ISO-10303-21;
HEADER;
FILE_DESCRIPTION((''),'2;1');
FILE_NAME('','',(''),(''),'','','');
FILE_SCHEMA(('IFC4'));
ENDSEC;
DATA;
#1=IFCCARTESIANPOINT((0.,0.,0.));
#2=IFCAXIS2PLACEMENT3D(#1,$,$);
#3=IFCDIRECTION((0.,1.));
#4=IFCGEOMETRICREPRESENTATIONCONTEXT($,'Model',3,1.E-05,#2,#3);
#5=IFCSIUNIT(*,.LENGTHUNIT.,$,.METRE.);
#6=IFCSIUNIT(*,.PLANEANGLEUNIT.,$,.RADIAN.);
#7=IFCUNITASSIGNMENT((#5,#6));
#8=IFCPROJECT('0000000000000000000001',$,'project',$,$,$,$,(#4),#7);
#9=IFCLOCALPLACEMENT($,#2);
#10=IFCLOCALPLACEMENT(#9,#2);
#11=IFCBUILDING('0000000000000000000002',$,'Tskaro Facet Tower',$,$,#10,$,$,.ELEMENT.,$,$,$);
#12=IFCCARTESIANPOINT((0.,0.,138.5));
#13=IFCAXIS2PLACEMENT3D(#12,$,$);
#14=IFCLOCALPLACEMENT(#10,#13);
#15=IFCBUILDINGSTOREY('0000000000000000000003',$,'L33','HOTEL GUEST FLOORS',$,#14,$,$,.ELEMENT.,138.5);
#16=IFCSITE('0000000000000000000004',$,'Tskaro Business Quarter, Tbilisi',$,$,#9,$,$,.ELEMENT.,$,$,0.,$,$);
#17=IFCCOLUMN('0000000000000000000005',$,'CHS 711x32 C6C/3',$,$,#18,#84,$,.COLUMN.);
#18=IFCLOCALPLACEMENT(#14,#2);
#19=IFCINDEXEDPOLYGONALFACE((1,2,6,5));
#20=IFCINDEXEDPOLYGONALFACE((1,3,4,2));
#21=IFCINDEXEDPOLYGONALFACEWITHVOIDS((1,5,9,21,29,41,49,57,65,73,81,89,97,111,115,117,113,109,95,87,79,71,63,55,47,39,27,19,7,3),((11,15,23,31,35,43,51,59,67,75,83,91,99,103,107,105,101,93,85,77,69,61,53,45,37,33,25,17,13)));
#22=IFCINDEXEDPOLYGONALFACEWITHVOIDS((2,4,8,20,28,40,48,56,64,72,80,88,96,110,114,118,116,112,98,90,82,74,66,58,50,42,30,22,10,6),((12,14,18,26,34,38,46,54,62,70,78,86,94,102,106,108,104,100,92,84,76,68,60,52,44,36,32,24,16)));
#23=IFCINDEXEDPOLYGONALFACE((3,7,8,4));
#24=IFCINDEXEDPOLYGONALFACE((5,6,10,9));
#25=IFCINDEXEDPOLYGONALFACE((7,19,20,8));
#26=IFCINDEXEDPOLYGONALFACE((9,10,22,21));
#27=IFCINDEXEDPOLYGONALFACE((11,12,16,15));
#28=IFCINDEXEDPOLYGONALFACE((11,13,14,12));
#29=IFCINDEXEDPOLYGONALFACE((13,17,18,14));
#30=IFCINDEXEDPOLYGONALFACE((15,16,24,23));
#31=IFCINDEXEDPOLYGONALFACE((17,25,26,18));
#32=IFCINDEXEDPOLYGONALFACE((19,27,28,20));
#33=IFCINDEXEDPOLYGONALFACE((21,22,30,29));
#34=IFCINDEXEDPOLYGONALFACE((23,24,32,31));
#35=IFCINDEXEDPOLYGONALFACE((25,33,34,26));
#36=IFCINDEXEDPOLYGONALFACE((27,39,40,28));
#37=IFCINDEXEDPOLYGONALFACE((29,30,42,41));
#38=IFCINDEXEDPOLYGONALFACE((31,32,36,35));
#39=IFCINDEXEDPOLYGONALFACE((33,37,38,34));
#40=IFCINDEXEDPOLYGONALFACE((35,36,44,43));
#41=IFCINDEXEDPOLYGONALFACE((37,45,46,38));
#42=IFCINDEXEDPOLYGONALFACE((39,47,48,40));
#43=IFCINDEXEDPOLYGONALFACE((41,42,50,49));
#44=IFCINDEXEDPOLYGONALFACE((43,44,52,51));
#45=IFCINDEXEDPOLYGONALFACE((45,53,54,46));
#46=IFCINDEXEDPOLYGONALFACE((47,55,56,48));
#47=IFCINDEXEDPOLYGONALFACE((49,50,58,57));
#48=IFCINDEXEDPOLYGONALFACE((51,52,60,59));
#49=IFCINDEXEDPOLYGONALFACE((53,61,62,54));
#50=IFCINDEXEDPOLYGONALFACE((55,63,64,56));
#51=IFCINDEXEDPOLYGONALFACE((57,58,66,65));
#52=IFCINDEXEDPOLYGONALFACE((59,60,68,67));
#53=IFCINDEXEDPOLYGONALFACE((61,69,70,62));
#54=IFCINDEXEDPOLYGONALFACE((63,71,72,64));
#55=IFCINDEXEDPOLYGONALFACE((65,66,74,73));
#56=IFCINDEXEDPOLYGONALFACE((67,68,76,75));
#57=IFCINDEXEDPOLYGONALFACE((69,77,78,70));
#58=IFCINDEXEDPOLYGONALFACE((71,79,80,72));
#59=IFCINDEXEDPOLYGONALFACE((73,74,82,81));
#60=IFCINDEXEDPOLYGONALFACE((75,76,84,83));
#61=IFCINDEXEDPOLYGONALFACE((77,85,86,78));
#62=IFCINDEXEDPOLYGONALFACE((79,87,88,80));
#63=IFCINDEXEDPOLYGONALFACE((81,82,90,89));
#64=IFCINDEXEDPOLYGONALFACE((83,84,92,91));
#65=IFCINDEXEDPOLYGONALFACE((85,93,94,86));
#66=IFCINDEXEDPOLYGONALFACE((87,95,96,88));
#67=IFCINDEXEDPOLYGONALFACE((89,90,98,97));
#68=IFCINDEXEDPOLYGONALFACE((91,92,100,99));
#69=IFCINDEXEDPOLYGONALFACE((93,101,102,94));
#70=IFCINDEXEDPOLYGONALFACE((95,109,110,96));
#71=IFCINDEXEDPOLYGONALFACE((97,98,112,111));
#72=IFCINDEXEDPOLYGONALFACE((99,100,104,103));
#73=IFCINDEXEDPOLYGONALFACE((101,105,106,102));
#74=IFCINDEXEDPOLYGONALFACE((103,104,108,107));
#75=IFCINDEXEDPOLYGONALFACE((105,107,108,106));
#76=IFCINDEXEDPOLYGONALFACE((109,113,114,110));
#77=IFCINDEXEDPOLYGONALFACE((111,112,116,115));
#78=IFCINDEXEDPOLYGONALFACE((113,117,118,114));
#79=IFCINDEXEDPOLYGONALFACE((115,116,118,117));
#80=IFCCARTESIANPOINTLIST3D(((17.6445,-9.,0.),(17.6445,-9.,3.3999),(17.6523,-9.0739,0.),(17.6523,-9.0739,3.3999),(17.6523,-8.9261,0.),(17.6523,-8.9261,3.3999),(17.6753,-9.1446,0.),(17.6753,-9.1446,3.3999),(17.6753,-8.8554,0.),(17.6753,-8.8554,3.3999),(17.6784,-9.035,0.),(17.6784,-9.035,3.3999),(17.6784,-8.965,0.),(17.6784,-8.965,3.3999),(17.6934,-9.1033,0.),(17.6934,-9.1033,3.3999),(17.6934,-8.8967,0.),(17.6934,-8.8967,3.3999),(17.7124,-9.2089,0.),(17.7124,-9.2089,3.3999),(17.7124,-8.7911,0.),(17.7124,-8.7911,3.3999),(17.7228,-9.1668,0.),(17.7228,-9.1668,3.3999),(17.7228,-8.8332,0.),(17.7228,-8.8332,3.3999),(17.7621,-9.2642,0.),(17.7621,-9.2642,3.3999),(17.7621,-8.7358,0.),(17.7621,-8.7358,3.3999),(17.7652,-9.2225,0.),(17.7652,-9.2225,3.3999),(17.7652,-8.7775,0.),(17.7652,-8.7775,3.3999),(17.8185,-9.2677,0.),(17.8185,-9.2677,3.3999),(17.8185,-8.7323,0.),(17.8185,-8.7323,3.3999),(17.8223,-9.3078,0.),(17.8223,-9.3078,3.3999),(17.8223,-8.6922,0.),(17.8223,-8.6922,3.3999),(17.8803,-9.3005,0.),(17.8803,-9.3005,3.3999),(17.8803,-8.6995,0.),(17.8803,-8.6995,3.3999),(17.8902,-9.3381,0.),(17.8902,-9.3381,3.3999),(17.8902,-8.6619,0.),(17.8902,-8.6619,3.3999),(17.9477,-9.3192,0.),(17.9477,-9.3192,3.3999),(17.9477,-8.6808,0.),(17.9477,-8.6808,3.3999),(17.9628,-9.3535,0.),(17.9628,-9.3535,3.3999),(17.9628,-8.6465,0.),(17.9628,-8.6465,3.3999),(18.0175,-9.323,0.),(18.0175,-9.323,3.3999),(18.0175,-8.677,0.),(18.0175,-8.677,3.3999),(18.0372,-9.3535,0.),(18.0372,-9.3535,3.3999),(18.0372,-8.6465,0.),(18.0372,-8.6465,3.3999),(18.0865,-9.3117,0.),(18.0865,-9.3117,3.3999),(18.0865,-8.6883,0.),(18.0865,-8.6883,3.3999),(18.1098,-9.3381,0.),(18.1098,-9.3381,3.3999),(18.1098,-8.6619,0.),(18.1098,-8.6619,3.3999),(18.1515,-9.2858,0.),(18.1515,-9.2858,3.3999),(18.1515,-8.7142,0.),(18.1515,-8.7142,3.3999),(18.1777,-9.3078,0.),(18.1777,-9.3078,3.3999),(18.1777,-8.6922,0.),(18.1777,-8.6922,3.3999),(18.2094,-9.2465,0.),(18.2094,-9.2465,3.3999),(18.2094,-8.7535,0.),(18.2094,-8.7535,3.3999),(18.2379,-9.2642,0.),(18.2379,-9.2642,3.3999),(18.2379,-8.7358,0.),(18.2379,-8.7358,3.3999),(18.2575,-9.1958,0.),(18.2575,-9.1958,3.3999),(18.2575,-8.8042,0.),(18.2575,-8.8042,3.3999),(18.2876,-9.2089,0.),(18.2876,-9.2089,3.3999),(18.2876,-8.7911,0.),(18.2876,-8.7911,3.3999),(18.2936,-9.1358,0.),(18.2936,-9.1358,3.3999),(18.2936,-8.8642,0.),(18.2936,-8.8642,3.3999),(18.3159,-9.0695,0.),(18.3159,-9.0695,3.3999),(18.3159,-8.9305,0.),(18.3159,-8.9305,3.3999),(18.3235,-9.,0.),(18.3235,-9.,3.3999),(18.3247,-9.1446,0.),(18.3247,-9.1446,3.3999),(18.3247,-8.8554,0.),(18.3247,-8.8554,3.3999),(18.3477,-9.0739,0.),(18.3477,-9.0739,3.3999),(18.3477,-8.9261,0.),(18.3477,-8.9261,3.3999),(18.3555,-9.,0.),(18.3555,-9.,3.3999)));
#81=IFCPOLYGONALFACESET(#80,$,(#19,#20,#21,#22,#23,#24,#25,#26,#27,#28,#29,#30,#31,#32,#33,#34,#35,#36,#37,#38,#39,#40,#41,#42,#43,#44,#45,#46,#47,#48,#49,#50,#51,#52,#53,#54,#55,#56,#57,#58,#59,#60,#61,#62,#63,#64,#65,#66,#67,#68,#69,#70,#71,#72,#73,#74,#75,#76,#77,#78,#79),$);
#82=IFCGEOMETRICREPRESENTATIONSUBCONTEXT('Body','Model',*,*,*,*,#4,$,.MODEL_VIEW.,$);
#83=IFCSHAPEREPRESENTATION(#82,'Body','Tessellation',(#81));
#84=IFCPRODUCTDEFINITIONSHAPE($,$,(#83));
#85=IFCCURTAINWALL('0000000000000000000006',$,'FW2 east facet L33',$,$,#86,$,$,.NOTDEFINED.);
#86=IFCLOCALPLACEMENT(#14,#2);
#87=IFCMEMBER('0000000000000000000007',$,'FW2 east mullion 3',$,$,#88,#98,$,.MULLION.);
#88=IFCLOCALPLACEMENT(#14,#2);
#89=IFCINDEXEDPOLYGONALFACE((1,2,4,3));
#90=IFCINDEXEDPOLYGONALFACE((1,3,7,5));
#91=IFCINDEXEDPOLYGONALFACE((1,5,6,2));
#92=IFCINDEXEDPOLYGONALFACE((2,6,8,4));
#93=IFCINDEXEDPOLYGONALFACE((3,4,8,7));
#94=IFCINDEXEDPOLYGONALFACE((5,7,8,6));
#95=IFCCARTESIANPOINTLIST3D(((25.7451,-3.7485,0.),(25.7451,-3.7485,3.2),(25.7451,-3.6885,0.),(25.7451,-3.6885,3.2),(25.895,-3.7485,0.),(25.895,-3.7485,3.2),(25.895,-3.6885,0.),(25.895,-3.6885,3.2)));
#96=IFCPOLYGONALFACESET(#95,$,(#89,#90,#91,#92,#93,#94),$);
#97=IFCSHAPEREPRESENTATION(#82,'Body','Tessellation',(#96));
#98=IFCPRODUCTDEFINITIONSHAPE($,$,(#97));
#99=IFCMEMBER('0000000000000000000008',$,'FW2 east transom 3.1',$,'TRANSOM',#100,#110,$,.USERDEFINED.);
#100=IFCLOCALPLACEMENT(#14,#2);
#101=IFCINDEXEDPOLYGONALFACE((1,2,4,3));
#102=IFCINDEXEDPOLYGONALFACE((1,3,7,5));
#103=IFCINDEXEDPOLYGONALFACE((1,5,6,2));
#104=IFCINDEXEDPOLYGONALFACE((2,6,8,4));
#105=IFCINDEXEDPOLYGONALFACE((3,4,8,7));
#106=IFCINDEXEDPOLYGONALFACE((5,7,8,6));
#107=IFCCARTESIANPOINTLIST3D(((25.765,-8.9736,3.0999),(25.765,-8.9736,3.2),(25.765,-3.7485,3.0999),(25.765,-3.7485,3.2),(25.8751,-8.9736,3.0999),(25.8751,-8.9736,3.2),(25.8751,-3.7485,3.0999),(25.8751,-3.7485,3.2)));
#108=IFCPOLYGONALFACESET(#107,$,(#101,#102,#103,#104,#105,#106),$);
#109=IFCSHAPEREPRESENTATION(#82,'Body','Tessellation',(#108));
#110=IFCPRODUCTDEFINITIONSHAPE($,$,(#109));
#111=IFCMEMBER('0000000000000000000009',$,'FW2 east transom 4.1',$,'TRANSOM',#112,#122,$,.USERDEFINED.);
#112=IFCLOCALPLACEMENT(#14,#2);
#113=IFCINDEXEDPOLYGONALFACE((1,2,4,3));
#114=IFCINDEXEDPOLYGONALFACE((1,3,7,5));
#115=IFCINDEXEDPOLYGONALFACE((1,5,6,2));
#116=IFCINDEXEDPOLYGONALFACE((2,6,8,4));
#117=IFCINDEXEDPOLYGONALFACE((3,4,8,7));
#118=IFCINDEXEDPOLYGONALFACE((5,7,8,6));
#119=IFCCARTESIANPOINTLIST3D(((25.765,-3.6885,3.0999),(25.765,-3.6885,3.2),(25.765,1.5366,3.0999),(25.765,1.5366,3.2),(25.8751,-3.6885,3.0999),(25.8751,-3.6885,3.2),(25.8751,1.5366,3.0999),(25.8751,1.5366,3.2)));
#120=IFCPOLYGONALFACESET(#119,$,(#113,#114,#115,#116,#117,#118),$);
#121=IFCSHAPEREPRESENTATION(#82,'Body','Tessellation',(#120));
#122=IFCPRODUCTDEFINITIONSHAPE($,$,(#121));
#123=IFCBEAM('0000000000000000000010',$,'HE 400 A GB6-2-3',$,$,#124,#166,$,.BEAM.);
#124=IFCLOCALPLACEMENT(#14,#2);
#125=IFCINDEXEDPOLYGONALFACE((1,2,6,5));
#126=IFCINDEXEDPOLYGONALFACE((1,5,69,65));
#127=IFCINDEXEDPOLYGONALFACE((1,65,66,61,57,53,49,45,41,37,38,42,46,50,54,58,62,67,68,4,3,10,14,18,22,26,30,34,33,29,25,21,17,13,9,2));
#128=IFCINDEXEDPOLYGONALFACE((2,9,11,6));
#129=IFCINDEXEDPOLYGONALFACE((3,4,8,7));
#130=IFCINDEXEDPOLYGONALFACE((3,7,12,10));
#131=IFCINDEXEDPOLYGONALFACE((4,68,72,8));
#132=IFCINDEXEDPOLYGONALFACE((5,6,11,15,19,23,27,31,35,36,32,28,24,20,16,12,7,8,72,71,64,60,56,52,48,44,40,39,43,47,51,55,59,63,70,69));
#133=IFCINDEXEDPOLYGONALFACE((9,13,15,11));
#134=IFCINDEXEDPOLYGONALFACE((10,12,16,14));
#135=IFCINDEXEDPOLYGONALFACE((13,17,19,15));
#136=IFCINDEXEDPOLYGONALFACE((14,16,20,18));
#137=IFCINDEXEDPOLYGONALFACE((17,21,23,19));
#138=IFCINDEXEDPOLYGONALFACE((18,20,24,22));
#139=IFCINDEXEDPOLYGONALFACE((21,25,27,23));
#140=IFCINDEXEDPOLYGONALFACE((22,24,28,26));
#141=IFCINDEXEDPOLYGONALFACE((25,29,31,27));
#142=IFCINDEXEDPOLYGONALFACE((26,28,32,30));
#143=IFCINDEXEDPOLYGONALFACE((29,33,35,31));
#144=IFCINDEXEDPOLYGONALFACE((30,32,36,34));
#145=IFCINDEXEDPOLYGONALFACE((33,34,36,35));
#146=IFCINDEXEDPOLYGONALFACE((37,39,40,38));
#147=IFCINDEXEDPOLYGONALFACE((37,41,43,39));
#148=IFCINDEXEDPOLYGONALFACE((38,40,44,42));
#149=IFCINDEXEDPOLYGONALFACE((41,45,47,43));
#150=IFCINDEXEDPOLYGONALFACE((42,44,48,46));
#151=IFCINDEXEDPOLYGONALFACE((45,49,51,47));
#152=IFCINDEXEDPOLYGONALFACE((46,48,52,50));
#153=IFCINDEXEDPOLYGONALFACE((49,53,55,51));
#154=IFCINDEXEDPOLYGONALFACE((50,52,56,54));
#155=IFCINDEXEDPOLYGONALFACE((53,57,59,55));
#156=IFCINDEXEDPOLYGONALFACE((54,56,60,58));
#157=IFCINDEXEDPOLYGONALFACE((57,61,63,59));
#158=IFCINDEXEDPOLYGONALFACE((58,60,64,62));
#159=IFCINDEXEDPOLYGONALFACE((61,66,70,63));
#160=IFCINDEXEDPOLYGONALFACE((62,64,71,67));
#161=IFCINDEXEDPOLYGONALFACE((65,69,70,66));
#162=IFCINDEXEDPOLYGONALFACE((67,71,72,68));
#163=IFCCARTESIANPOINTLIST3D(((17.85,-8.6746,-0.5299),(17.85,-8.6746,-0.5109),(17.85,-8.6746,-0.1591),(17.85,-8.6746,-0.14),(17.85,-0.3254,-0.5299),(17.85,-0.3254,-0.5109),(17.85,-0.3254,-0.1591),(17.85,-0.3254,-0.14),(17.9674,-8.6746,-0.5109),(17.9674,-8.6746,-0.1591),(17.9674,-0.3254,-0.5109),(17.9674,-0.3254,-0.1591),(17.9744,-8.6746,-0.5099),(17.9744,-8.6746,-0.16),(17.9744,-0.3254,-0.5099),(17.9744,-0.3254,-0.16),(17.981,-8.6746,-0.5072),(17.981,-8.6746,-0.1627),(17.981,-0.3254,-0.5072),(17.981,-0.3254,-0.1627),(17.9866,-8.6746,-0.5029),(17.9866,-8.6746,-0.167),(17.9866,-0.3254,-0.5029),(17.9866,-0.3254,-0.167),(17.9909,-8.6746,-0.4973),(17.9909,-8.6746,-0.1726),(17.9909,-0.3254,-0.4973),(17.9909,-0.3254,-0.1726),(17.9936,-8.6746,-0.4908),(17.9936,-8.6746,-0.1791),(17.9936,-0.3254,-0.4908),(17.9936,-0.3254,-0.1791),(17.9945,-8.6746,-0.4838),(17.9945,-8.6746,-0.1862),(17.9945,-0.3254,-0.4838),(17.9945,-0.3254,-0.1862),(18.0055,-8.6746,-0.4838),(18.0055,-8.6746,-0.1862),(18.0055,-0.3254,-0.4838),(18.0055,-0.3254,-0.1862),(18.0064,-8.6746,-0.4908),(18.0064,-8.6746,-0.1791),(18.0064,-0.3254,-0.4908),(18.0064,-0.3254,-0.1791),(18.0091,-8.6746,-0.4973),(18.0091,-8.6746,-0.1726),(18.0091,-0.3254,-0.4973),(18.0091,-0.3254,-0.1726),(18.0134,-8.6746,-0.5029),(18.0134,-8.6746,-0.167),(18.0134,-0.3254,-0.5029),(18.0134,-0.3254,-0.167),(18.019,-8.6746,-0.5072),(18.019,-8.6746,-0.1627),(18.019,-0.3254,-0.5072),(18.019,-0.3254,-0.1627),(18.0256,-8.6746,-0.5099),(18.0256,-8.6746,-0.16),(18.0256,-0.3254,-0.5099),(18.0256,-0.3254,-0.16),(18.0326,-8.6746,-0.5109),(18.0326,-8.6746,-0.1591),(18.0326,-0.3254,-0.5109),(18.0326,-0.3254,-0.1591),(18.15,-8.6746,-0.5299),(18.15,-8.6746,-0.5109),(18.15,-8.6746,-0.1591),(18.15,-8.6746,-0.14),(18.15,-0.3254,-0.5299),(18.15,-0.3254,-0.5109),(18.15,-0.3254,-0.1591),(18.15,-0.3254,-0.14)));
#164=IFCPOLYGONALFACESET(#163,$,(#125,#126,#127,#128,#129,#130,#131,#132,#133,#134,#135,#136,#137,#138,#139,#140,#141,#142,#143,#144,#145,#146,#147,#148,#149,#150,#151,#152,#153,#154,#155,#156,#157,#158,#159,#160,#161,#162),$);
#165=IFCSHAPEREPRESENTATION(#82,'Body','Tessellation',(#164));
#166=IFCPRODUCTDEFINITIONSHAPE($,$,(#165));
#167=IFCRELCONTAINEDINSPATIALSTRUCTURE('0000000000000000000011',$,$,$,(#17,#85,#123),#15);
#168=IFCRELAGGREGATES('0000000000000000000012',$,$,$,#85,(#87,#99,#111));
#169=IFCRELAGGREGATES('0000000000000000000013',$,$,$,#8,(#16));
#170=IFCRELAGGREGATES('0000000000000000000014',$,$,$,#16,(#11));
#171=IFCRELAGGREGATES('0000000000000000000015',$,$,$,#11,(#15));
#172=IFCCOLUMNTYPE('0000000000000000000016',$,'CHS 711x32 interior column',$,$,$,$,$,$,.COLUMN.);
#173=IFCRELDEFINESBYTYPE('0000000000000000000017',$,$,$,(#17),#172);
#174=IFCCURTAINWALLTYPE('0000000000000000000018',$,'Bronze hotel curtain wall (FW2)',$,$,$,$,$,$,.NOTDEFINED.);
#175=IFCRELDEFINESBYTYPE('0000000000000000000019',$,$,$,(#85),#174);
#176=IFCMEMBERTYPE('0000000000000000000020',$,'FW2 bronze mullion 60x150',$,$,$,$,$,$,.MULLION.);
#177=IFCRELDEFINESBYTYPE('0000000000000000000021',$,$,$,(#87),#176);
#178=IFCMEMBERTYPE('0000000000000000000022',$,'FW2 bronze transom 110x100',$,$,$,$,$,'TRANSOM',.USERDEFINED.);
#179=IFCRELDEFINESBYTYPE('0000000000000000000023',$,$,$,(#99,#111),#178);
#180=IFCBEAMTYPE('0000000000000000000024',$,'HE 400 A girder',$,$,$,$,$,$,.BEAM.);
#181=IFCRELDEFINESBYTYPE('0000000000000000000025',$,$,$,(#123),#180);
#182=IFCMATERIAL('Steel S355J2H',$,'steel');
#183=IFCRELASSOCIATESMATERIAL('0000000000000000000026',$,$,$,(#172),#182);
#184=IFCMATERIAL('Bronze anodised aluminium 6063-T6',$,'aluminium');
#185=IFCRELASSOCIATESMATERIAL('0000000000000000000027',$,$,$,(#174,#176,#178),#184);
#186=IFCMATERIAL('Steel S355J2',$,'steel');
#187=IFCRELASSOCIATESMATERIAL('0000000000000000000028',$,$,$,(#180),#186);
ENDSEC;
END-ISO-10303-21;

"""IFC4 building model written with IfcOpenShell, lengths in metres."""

from ifc_helpers import new_model, si_unit, direction, frame, origin, origin_2d, place, context, subcontext, project, spatial, rectangle, hollow_circle, i_section, extrude, material, material_profile, profile_set, type_object, element, aggregate, save


model = new_model("IFC4")

# Units and contexts
model_context = context("Model", 3, precision=1e-05, world=origin(), true_north=direction((0.0, 1.0)))
body_context = subcontext(model_context, "Body", "Model", "MODEL_VIEW")
ifc_project = project(units=[si_unit("LENGTHUNIT", "METRE"), si_unit("PLANEANGLEUNIT", "RADIAN")], contexts=[model_context])

# Site, building, storey
site_placement = place(None, origin())
site = spatial("IfcSite", under=ifc_project, at=site_placement, Name="Tskaro Business Quarter, Tbilisi", CompositionType="ELEMENT", RefElevation=0.0)
building_placement = place(site_placement, origin())
building = spatial("IfcBuilding", under=site, at=building_placement, Name="Tskaro Facet Tower", CompositionType="ELEMENT")
storey_placement = place(building_placement, frame((0.0, 0.0, 138.5)))
storey = spatial("IfcBuildingStorey", under=building, at=storey_placement, Name="L33", Description="HOTEL GUEST FLOORS", CompositionType="ELEMENT", Elevation=138.5)

# Column
ifc_material_1 = material(Name="Steel S355J2H", Category="steel")
ifc_material_profile_1 = material_profile(ifc_material_1, hollow_circle(Radius=0.3555, WallThickness=0.032, at=origin_2d()), Name="CHS 711x32")
ifc_profile_set_1 = profile_set([ifc_material_profile_1], Name="Steel S355J2H")
column_type = type_object("IfcColumnType", Name="CHS 711x32 interior column", PredefinedType="COLUMN", material=ifc_profile_set_1)
column_placement = place(storey_placement, frame((18.0, -9.0, 0.0), z_axis=(0.0, 0.0, 1.0), x_axis=(1.0, 0.0, 0.0)))
element("IfcColumn", 1, at=column_placement, inside=storey, type_object=column_type, Name="CHS 711x32 C6C/3", PredefinedType="COLUMN", context=body_context, shape_type="SweptSolid", body=[
    extrude(hollow_circle(Radius=0.3555, WallThickness=0.032, at=origin_2d()), origin(), (0.0, 0.0, 1.0), 3.3999),
])

# Curtain wall, members
ifc_material_2 = material(Name="Bronze anodised aluminium 6063-T6", Category="aluminium")
curtain_wall_type = type_object("IfcCurtainWallType", Name="Bronze hotel curtain wall (FW2)", PredefinedType="NOTDEFINED", material=ifc_material_2)
curtain_wall_placement = place(storey_placement, origin())
curtain_wall = element("IfcCurtainWall", 2, at=curtain_wall_placement, inside=storey, type_object=curtain_wall_type, Name="FW2 east facet L33", PredefinedType="NOTDEFINED")
ifc_material_profile_2 = material_profile(ifc_material_2, rectangle(XDim=0.0601, YDim=0.1499, at=origin_2d()), Name="Mullion 60x150")
ifc_profile_set_2 = profile_set([ifc_material_profile_2], Name="Bronze anodised aluminium 6063-T6")
member_type_1 = type_object("IfcMemberType", Name="FW2 bronze mullion 60x150", PredefinedType="MULLION", material=ifc_profile_set_2)
member_1_placement = place(storey_placement, frame((25.8201, -3.7185, 0.0), z_axis=(0.0, 0.0, 1.0), x_axis=(0.0, 1.0, 0.0)))
member_1 = element("IfcMember", 3, at=member_1_placement, type_object=member_type_1, Name="FW2 east mullion 3", PredefinedType="MULLION", context=body_context, shape_type="SweptSolid", body=[
    extrude(rectangle(XDim=0.0601, YDim=0.1499, at=origin_2d()), origin(), (0.0, 0.0, 1.0), 3.2),
])
ifc_material_profile_3 = material_profile(ifc_material_2, rectangle(XDim=0.1101, YDim=0.1001, at=origin_2d()), Name="Transom 110x100")
ifc_profile_set_3 = profile_set([ifc_material_profile_3], Name="Bronze anodised aluminium 6063-T6")
member_type_2 = type_object("IfcMemberType", Name="FW2 bronze transom 110x100", ElementType="TRANSOM", PredefinedType="USERDEFINED", material=ifc_profile_set_3)
member_2_placement = place(storey_placement, frame((25.8201, -8.9736, 3.1499), z_axis=(0.0, 1.0, 0.0), x_axis=(-1.0, 0.0, 0.0)))
member_2 = element("IfcMember", 4, at=member_2_placement, type_object=member_type_2, Name="FW2 east transom 3.1", ObjectType="TRANSOM", PredefinedType="USERDEFINED", context=body_context, shape_type="SweptSolid", body=[
    extrude(rectangle(XDim=0.1101, YDim=0.1001, at=origin_2d()), origin(), (0.0, 0.0, 1.0), 5.2251),
])
member_3_placement = place(storey_placement, frame((25.8201, -3.6885, 3.1499), z_axis=(0.0, 1.0, 0.0), x_axis=(-1.0, 0.0, 0.0)))
member_3 = element("IfcMember", 5, at=member_3_placement, type_object=member_type_2, Name="FW2 east transom 4.1", ObjectType="TRANSOM", PredefinedType="USERDEFINED", context=body_context, shape_type="SweptSolid", body=[
    extrude(rectangle(XDim=0.1101, YDim=0.1001, at=origin_2d()), origin(), (0.0, 0.0, 1.0), 5.2251),
])

# Beam
ifc_material_3 = material(Name="Steel S355J2", Category="steel")
ifc_material_profile_4 = material_profile(ifc_material_3, i_section(OverallWidth=0.3, OverallDepth=0.3899, WebThickness=0.011, FlangeThickness=0.019, FilletRadius=0.0271, at=origin_2d()), Name="HE 400 A")
ifc_profile_set_4 = profile_set([ifc_material_profile_4], Name="Steel S355J2")
beam_type_1 = type_object("IfcBeamType", Name="HE 400 A girder", PredefinedType="BEAM", material=ifc_profile_set_4)
beam_1_placement = place(storey_placement, frame((18.0, -8.6746, -0.335), z_axis=(0.0, 1.0, 0.0), x_axis=(-1.0, 0.0, 0.0)))
element("IfcBeam", 6, at=beam_1_placement, inside=storey, type_object=beam_type_1, Name="HE 400 A GB6-2-3", PredefinedType="BEAM", context=body_context, shape_type="SweptSolid", body=[
    extrude(i_section(OverallWidth=0.3, OverallDepth=0.3899, WebThickness=0.011, FlangeThickness=0.019, FilletRadius=0.0271, at=origin_2d()), origin(), (0.0, 0.0, 1.0), 8.3491),
])

aggregate(curtain_wall, [member_1, member_2, member_3])

save(model, "model.ifc")
